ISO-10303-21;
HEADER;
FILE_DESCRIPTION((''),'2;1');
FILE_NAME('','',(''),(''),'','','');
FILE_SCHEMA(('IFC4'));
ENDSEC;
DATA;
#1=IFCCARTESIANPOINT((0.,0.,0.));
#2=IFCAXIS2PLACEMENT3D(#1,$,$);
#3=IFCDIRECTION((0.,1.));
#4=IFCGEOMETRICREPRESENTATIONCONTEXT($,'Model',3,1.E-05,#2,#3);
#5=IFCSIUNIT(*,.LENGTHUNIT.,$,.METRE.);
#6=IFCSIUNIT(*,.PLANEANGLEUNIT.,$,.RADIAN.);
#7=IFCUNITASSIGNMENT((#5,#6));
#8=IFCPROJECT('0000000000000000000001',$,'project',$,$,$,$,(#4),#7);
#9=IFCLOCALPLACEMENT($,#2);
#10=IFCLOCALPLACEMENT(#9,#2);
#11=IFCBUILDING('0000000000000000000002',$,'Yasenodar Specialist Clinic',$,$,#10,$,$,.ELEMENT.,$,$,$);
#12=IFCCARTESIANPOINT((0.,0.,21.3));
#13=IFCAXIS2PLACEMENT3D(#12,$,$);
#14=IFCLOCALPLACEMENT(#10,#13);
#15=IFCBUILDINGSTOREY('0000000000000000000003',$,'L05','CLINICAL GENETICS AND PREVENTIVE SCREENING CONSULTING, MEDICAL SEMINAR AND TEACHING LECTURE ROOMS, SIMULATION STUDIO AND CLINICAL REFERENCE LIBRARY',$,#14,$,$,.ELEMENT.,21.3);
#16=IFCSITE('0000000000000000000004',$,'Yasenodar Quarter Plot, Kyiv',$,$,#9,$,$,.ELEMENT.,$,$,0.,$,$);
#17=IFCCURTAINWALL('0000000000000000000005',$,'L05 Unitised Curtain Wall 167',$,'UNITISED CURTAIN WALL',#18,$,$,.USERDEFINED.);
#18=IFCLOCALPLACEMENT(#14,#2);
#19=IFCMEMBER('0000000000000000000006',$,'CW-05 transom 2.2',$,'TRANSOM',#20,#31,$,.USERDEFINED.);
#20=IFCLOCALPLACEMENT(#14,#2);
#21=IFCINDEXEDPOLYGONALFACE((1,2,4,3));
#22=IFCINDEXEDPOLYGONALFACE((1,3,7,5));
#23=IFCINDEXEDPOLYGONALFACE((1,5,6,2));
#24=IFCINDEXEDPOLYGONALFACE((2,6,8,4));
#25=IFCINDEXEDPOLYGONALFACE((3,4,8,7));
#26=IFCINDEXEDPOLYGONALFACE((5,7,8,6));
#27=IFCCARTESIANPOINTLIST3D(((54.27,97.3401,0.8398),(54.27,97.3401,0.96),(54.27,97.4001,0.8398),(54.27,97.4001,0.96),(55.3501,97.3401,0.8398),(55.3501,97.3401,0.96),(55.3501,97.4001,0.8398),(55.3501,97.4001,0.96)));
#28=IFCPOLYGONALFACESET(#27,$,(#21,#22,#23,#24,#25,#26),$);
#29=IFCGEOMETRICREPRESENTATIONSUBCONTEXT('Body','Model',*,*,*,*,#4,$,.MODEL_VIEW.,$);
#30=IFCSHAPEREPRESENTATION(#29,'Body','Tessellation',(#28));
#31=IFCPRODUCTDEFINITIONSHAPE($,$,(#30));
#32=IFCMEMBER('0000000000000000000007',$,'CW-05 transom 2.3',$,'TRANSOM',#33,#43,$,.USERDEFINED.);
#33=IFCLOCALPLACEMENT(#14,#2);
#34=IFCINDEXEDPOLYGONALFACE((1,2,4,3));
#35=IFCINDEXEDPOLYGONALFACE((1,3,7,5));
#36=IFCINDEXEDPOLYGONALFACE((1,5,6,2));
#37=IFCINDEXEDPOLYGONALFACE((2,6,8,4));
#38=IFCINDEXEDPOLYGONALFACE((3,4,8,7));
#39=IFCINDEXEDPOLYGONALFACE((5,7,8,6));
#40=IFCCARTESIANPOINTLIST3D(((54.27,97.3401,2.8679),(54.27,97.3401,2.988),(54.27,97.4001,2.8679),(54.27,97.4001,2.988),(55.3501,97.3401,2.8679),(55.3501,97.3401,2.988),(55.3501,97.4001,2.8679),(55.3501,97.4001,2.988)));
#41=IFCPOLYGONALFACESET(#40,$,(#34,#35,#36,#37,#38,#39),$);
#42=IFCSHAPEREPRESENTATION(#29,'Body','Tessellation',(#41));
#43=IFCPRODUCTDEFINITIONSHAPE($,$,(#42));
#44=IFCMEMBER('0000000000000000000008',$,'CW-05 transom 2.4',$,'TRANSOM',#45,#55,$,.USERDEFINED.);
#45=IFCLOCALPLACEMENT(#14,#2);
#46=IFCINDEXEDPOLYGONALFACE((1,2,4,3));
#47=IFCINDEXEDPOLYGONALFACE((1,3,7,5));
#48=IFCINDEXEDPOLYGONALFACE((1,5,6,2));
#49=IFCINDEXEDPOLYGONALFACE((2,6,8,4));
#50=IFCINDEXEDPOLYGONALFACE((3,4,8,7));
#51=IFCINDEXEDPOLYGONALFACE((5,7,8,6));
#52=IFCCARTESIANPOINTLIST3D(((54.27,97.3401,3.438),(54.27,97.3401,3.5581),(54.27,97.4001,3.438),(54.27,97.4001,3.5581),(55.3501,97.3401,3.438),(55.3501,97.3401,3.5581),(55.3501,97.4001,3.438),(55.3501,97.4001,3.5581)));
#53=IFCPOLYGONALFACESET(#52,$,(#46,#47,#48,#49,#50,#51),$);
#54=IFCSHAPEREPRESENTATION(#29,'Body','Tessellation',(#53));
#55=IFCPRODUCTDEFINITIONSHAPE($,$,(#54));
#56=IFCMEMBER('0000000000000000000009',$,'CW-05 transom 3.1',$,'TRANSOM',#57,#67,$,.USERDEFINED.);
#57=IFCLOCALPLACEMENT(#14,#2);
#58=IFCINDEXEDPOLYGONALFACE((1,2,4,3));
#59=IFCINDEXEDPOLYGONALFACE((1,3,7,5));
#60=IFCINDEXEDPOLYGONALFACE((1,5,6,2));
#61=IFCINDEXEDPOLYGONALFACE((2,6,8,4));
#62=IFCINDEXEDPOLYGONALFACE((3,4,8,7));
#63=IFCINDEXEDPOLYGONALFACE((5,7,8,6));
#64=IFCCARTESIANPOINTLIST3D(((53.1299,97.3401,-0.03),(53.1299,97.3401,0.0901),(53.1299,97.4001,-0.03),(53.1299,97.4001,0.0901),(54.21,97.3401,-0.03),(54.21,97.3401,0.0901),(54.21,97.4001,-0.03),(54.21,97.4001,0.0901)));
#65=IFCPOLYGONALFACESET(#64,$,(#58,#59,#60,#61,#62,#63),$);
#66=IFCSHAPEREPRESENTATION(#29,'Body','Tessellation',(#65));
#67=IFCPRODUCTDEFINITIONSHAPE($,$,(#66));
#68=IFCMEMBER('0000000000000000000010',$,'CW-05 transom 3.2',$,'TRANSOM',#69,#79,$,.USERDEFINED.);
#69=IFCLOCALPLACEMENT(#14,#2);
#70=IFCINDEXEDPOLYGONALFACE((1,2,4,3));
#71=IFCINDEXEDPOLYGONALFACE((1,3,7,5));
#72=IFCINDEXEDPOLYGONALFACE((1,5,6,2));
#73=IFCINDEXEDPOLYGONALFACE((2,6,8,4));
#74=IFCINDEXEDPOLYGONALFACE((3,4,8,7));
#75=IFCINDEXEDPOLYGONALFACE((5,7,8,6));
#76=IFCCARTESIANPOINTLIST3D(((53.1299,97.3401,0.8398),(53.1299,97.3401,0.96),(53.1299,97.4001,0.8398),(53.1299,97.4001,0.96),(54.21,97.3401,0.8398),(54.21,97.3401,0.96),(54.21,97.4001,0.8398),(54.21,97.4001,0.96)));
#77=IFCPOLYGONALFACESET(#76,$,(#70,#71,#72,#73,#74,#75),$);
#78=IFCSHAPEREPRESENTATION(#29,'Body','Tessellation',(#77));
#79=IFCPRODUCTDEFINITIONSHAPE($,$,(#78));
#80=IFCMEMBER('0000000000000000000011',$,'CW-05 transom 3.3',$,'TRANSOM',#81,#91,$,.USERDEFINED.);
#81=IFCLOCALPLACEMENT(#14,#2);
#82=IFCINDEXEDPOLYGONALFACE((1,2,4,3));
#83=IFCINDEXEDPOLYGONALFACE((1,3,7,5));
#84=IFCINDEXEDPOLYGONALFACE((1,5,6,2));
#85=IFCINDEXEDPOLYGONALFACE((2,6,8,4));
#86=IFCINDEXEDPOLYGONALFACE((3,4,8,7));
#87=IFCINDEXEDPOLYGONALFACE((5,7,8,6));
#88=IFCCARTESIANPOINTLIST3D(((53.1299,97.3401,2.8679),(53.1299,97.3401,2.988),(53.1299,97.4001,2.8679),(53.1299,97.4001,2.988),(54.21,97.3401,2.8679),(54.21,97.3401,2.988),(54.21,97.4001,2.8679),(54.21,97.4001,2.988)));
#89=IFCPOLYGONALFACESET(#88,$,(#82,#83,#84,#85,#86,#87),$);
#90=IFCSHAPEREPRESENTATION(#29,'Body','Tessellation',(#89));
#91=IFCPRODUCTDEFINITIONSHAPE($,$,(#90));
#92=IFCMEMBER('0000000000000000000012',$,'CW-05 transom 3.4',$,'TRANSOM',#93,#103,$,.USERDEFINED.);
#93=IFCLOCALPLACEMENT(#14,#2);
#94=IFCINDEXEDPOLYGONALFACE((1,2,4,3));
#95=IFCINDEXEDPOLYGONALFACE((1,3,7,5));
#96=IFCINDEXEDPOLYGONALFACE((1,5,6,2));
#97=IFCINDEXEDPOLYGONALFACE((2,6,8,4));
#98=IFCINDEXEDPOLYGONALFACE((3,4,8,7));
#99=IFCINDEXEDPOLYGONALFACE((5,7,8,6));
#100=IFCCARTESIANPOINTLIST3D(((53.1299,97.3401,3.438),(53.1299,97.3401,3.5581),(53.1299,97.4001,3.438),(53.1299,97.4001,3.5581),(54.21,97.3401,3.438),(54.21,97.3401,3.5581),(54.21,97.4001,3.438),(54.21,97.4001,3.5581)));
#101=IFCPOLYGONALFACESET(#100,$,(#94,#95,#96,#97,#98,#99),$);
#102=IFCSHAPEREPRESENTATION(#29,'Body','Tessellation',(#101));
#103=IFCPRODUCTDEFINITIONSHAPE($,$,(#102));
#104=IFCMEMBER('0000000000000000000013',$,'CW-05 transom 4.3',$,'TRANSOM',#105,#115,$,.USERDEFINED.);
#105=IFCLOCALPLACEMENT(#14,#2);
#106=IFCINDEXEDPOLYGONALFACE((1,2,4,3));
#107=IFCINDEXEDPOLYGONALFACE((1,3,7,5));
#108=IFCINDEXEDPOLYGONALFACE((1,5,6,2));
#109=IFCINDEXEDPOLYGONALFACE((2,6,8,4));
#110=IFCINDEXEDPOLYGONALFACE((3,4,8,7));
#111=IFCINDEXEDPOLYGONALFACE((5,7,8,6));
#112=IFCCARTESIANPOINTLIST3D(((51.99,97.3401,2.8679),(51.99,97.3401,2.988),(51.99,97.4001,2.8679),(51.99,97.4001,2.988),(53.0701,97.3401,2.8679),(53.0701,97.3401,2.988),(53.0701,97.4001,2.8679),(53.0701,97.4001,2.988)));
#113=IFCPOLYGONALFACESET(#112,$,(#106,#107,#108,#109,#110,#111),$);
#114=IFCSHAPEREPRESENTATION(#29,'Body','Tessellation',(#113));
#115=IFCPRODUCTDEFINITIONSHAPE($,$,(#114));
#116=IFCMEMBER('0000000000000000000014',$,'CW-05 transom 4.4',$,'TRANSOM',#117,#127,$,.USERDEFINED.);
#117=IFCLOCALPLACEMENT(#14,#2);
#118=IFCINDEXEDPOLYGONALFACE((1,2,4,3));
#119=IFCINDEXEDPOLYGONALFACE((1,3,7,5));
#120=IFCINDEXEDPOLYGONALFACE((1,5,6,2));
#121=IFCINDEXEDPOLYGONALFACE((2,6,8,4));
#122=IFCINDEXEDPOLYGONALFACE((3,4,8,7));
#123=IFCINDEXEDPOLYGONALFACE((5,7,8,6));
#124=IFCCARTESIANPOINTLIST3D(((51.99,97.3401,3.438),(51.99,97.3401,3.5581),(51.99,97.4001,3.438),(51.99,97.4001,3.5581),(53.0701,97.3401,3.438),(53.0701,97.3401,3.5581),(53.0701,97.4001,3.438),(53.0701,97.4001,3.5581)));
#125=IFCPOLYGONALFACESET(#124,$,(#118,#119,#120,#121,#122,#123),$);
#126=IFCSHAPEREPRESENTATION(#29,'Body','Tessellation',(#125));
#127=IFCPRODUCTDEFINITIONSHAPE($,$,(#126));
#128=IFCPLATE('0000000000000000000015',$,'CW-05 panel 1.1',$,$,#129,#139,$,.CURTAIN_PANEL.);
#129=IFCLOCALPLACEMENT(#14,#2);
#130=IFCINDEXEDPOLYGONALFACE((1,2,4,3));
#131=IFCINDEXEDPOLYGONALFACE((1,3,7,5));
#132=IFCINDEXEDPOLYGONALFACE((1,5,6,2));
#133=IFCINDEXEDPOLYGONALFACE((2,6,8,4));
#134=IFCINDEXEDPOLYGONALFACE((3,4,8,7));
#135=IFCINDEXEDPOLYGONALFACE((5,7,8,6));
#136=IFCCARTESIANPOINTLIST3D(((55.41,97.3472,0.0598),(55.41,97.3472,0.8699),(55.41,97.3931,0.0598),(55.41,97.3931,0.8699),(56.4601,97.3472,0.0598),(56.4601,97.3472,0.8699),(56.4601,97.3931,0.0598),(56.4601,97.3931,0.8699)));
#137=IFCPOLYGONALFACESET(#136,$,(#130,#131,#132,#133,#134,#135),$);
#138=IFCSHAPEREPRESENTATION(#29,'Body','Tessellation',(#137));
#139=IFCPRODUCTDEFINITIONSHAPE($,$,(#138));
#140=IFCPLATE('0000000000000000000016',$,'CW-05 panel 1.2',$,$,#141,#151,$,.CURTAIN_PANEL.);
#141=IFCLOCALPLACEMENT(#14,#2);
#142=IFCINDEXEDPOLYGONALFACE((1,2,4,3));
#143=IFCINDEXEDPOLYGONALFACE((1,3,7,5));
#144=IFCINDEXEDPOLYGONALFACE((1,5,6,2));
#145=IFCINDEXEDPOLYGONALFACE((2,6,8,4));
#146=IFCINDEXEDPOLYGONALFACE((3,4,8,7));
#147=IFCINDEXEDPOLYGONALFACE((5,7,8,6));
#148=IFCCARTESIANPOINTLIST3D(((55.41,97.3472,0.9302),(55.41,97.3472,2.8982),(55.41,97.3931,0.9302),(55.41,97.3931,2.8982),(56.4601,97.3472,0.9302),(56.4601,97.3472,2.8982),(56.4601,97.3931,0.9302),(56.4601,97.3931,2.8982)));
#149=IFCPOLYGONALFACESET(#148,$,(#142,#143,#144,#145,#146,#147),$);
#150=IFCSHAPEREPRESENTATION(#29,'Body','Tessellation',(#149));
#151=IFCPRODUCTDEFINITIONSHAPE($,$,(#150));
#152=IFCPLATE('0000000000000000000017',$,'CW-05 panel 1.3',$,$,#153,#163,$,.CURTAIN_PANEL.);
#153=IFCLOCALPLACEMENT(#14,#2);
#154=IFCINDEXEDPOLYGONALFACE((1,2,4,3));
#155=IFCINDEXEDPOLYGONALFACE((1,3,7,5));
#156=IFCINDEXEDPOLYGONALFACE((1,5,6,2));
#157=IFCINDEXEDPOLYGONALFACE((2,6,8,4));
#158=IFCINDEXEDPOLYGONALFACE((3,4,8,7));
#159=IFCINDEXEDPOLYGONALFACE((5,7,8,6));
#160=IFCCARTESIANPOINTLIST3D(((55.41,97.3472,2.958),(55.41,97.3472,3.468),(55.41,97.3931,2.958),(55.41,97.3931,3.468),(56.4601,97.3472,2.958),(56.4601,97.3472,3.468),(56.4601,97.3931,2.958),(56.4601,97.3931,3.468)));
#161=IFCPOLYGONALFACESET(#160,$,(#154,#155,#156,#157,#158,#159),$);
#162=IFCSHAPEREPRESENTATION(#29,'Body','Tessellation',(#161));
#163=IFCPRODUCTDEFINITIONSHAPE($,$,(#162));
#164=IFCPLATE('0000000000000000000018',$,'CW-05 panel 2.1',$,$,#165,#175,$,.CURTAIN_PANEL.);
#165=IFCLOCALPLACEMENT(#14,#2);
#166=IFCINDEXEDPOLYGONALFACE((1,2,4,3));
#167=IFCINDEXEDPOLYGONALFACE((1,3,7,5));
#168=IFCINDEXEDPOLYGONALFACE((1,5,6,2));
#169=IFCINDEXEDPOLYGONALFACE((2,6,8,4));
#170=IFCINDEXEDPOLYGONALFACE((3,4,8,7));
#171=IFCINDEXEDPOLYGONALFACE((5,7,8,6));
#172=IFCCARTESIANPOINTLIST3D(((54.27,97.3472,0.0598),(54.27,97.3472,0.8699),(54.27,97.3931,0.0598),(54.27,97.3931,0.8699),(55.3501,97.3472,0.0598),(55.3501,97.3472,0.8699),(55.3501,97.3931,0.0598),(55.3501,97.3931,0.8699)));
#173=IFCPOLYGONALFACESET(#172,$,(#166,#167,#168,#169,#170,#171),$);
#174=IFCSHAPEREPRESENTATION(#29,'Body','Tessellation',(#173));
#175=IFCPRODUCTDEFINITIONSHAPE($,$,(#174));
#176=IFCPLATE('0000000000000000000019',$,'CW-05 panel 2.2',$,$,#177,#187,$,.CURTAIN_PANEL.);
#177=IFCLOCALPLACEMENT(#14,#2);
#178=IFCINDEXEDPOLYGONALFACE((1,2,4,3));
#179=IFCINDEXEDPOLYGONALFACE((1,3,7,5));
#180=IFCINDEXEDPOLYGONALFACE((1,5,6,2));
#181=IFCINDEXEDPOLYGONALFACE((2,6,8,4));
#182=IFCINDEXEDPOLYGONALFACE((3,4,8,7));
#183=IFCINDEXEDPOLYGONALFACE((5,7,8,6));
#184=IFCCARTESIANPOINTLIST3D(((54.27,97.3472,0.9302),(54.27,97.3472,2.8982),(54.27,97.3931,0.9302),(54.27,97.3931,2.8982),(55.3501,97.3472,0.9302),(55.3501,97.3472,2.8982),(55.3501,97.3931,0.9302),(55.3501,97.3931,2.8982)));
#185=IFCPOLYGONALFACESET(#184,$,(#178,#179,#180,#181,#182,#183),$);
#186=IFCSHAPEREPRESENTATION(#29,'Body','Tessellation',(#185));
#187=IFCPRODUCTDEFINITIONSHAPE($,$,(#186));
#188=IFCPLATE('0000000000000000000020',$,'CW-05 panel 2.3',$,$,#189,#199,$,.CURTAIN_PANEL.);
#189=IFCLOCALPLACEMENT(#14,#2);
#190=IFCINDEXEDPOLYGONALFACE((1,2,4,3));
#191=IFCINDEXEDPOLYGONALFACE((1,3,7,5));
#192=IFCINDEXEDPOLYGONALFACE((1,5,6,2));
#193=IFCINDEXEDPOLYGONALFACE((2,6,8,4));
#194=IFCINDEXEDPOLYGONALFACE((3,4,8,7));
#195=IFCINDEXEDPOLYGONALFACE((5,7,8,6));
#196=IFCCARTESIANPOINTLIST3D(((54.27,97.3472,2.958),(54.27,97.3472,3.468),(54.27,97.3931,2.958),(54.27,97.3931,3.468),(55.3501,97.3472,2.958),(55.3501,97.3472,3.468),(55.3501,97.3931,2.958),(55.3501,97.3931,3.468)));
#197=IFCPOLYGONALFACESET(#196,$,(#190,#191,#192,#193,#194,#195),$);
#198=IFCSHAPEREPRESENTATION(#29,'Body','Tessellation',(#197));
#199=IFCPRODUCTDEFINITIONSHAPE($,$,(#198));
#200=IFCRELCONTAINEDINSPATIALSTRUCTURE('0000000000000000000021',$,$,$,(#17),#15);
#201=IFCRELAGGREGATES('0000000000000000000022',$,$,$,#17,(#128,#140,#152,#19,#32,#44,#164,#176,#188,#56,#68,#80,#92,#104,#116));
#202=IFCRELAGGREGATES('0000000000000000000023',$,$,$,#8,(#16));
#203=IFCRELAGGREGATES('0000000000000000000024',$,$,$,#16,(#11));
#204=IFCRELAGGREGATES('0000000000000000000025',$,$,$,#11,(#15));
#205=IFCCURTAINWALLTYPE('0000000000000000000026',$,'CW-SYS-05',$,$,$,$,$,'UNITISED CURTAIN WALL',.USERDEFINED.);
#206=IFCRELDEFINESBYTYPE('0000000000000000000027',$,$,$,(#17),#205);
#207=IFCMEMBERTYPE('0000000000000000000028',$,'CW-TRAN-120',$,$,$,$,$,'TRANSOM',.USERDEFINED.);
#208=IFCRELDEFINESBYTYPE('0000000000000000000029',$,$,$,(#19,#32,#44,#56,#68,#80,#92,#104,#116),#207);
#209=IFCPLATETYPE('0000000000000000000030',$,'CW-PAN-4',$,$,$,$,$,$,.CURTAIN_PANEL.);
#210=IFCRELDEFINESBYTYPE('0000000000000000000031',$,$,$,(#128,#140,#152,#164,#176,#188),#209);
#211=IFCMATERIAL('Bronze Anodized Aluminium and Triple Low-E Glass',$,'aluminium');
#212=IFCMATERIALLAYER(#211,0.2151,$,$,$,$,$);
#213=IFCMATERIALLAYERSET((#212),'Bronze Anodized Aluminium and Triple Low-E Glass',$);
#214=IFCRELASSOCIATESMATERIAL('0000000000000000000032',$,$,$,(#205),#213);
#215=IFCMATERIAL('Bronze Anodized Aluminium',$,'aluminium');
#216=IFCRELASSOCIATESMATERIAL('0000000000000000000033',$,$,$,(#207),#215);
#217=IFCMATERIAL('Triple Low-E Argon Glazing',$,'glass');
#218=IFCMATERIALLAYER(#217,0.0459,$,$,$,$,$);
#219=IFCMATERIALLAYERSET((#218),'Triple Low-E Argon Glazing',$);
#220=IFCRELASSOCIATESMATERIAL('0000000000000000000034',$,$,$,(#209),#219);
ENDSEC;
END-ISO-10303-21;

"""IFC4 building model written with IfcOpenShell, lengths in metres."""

from ifc_helpers import new_model, si_unit, direction, frame, origin, origin_2d, place, context, subcontext, project, spatial, rectangle, extrude, material, layer, layer_set, material_profile, profile_set, type_object, element, aggregate, save


model = new_model("IFC4")

# Units and contexts
model_context = context("Model", 3, precision=1e-05, world=origin(), true_north=direction((0.0, 1.0)))
body_context = subcontext(model_context, "Body", "Model", "MODEL_VIEW")
ifc_project = project(units=[si_unit("LENGTHUNIT", "METRE"), si_unit("PLANEANGLEUNIT", "RADIAN")], contexts=[model_context])

# Site, building, storey
site_placement = place(None, origin())
site = spatial("IfcSite", under=ifc_project, at=site_placement, Name="Yasenodar Quarter Plot, Kyiv", CompositionType="ELEMENT", RefElevation=0.0)
building_placement = place(site_placement, origin())
building = spatial("IfcBuilding", under=site, at=building_placement, Name="Yasenodar Specialist Clinic", CompositionType="ELEMENT")
storey_placement = place(building_placement, frame((0.0, 0.0, 21.3)))
storey = spatial("IfcBuildingStorey", under=building, at=storey_placement, Name="L05", Description="CLINICAL GENETICS AND PREVENTIVE SCREENING CONSULTING, MEDICAL SEMINAR AND TEACHING LECTURE ROOMS, SIMULATION STUDIO AND CLINICAL REFERENCE LIBRARY", CompositionType="ELEMENT", Elevation=21.3)

# Curtain wall, members, plates
ifc_material_1 = material(Name="Bronze Anodized Aluminium and Triple Low-E Glass", Category="aluminium")
ifc_layer_1 = layer(ifc_material_1, 0.2151)
ifc_layer_set_1 = layer_set([ifc_layer_1], Name="Bronze Anodized Aluminium and Triple Low-E Glass")
curtain_wall_type = type_object("IfcCurtainWallType", Name="CW-SYS-05", ElementType="UNITISED CURTAIN WALL", PredefinedType="USERDEFINED", material=ifc_layer_set_1)
curtain_wall_placement = place(storey_placement, origin())
curtain_wall = element("IfcCurtainWall", 1, at=curtain_wall_placement, inside=storey, type_object=curtain_wall_type, Name="L05 Unitised Curtain Wall 167", ObjectType="UNITISED CURTAIN WALL", PredefinedType="USERDEFINED")
ifc_material_2 = material(Name="Bronze Anodized Aluminium", Category="aluminium")
ifc_material_profile_1 = material_profile(ifc_material_2, rectangle(XDim=0.0601, YDim=0.1201, at=origin_2d()), Name="CW-TRAN 60x120")
ifc_profile_set_1 = profile_set([ifc_material_profile_1], Name="Bronze Anodized Aluminium")
member_type_1 = type_object("IfcMemberType", Name="CW-TRAN-120", ElementType="TRANSOM", PredefinedType="USERDEFINED", material=ifc_profile_set_1)
member_1_placement = place(storey_placement, frame((55.3501, 97.3701, 0.8999), z_axis=(-1.0, 0.0, 0.0), x_axis=(0.0, -1.0, 0.0)))
member_1 = element("IfcMember", 2, at=member_1_placement, type_object=member_type_1, Name="CW-05 transom 2.2", ObjectType="TRANSOM", PredefinedType="USERDEFINED", context=body_context, shape_type="SweptSolid", body=[
    extrude(rectangle(XDim=0.0601, YDim=0.1201, at=origin_2d()), origin(), (0.0, 0.0, 1.0), 1.0801),
])
member_2_placement = place(storey_placement, frame((55.3501, 97.3701, 2.928), z_axis=(-1.0, 0.0, 0.0), x_axis=(0.0, -1.0, 0.0)))
member_2 = element("IfcMember", 3, at=member_2_placement, type_object=member_type_1, Name="CW-05 transom 2.3", ObjectType="TRANSOM", PredefinedType="USERDEFINED", context=body_context, shape_type="SweptSolid", body=[
    extrude(rectangle(XDim=0.0601, YDim=0.1201, at=origin_2d()), origin(), (0.0, 0.0, 1.0), 1.0801),
])
member_3_placement = place(storey_placement, frame((55.3501, 97.3701, 3.498), z_axis=(-1.0, 0.0, 0.0), x_axis=(0.0, -1.0, 0.0)))
member_3 = element("IfcMember", 4, at=member_3_placement, type_object=member_type_1, Name="CW-05 transom 2.4", ObjectType="TRANSOM", PredefinedType="USERDEFINED", context=body_context, shape_type="SweptSolid", body=[
    extrude(rectangle(XDim=0.0601, YDim=0.1201, at=origin_2d()), origin(), (0.0, 0.0, 1.0), 1.0801),
])
member_4_placement = place(storey_placement, frame((54.21, 97.3701, 0.03), z_axis=(-1.0, 0.0, 0.0), x_axis=(0.0, -1.0, 0.0)))
member_4 = element("IfcMember", 5, at=member_4_placement, type_object=member_type_1, Name="CW-05 transom 3.1", ObjectType="TRANSOM", PredefinedType="USERDEFINED", context=body_context, shape_type="SweptSolid", body=[
    extrude(rectangle(XDim=0.0601, YDim=0.1201, at=origin_2d()), origin(), (0.0, 0.0, 1.0), 1.0801),
])
member_5_placement = place(storey_placement, frame((54.21, 97.3701, 0.8999), z_axis=(-1.0, 0.0, 0.0), x_axis=(0.0, -1.0, 0.0)))
member_5 = element("IfcMember", 6, at=member_5_placement, type_object=member_type_1, Name="CW-05 transom 3.2", ObjectType="TRANSOM", PredefinedType="USERDEFINED", context=body_context, shape_type="SweptSolid", body=[
    extrude(rectangle(XDim=0.0601, YDim=0.1201, at=origin_2d()), origin(), (0.0, 0.0, 1.0), 1.0801),
])
member_6_placement = place(storey_placement, frame((54.21, 97.3701, 2.928), z_axis=(-1.0, 0.0, 0.0), x_axis=(0.0, -1.0, 0.0)))
member_6 = element("IfcMember", 7, at=member_6_placement, type_object=member_type_1, Name="CW-05 transom 3.3", ObjectType="TRANSOM", PredefinedType="USERDEFINED", context=body_context, shape_type="SweptSolid", body=[
    extrude(rectangle(XDim=0.0601, YDim=0.1201, at=origin_2d()), origin(), (0.0, 0.0, 1.0), 1.0801),
])
member_7_placement = place(storey_placement, frame((54.21, 97.3701, 3.498), z_axis=(-1.0, 0.0, 0.0), x_axis=(0.0, -1.0, 0.0)))
member_7 = element("IfcMember", 8, at=member_7_placement, type_object=member_type_1, Name="CW-05 transom 3.4", ObjectType="TRANSOM", PredefinedType="USERDEFINED", context=body_context, shape_type="SweptSolid", body=[
    extrude(rectangle(XDim=0.0601, YDim=0.1201, at=origin_2d()), origin(), (0.0, 0.0, 1.0), 1.0801),
])
member_8_placement = place(storey_placement, frame((53.0701, 97.3701, 2.928), z_axis=(-1.0, 0.0, 0.0), x_axis=(0.0, -1.0, 0.0)))
member_8 = element("IfcMember", 9, at=member_8_placement, type_object=member_type_1, Name="CW-05 transom 4.3", ObjectType="TRANSOM", PredefinedType="USERDEFINED", context=body_context, shape_type="SweptSolid", body=[
    extrude(rectangle(XDim=0.0601, YDim=0.1201, at=origin_2d()), origin(), (0.0, 0.0, 1.0), 1.0801),
])
member_9_placement = place(storey_placement, frame((53.0701, 97.3701, 3.498), z_axis=(-1.0, 0.0, 0.0), x_axis=(0.0, -1.0, 0.0)))
member_9 = element("IfcMember", 10, at=member_9_placement, type_object=member_type_1, Name="CW-05 transom 4.4", ObjectType="TRANSOM", PredefinedType="USERDEFINED", context=body_context, shape_type="SweptSolid", body=[
    extrude(rectangle(XDim=0.0601, YDim=0.1201, at=origin_2d()), origin(), (0.0, 0.0, 1.0), 1.0801),
])
ifc_material_3 = material(Name="Triple Low-E Argon Glazing", Category="glass")
ifc_layer_2 = layer(ifc_material_3, 0.0459)
ifc_layer_set_2 = layer_set([ifc_layer_2], Name="Triple Low-E Argon Glazing")
plate_type = type_object("IfcPlateType", Name="CW-PAN-4", PredefinedType="CURTAIN_PANEL", material=ifc_layer_set_2)
plate_1_placement = place(storey_placement, frame((55.9351, 97.3701, 0.0598), z_axis=(0.0, 0.0, 1.0), x_axis=(-1.0, 0.0, 0.0)))
plate_1 = element("IfcPlate", 11, at=plate_1_placement, type_object=plate_type, Name="CW-05 panel 1.1", PredefinedType="CURTAIN_PANEL", context=body_context, shape_type="SweptSolid", body=[
    extrude(rectangle(XDim=1.05, YDim=0.0459, at=origin_2d()), origin(), (0.0, 0.0, 1.0), 0.8101),
])
plate_2_placement = place(storey_placement, frame((55.9351, 97.3701, 0.9302), z_axis=(0.0, 0.0, 1.0), x_axis=(-1.0, 0.0, 0.0)))
plate_2 = element("IfcPlate", 12, at=plate_2_placement, type_object=plate_type, Name="CW-05 panel 1.2", PredefinedType="CURTAIN_PANEL", context=body_context, shape_type="SweptSolid", body=[
    extrude(rectangle(XDim=1.05, YDim=0.0459, at=origin_2d()), origin(), (0.0, 0.0, 1.0), 1.968),
])
plate_3_placement = place(storey_placement, frame((55.9351, 97.3701, 2.958), z_axis=(0.0, 0.0, 1.0), x_axis=(-1.0, 0.0, 0.0)))
plate_3 = element("IfcPlate", 13, at=plate_3_placement, type_object=plate_type, Name="CW-05 panel 1.3", PredefinedType="CURTAIN_PANEL", context=body_context, shape_type="SweptSolid", body=[
    extrude(rectangle(XDim=1.05, YDim=0.0459, at=origin_2d()), origin(), (0.0, 0.0, 1.0), 0.51),
])
plate_4_placement = place(storey_placement, frame((54.8101, 97.3701, 0.0598), z_axis=(0.0, 0.0, 1.0), x_axis=(-1.0, 0.0, 0.0)))
plate_4 = element("IfcPlate", 14, at=plate_4_placement, type_object=plate_type, Name="CW-05 panel 2.1", PredefinedType="CURTAIN_PANEL", context=body_context, shape_type="SweptSolid", body=[
    extrude(rectangle(XDim=1.0801, YDim=0.0459, at=origin_2d()), origin(), (0.0, 0.0, 1.0), 0.8101),
])
plate_5_placement = place(storey_placement, frame((54.8101, 97.3701, 0.9302), z_axis=(0.0, 0.0, 1.0), x_axis=(-1.0, 0.0, 0.0)))
plate_5 = element("IfcPlate", 15, at=plate_5_placement, type_object=plate_type, Name="CW-05 panel 2.2", PredefinedType="CURTAIN_PANEL", context=body_context, shape_type="SweptSolid", body=[
    extrude(rectangle(XDim=1.0801, YDim=0.0459, at=origin_2d()), origin(), (0.0, 0.0, 1.0), 1.968),
])
plate_6_placement = place(storey_placement, frame((54.8101, 97.3701, 2.958), z_axis=(0.0, 0.0, 1.0), x_axis=(-1.0, 0.0, 0.0)))
plate_6 = element("IfcPlate", 16, at=plate_6_placement, type_object=plate_type, Name="CW-05 panel 2.3", PredefinedType="CURTAIN_PANEL", context=body_context, shape_type="SweptSolid", body=[
    extrude(rectangle(XDim=1.0801, YDim=0.0459, at=origin_2d()), origin(), (0.0, 0.0, 1.0), 0.51),
])
aggregate(curtain_wall, [plate_1, plate_2, plate_3, member_1, member_2, member_3, plate_4, plate_5, plate_6, member_4, member_5, member_6, member_7, member_8, member_9])

save(model, "model.ifc")
